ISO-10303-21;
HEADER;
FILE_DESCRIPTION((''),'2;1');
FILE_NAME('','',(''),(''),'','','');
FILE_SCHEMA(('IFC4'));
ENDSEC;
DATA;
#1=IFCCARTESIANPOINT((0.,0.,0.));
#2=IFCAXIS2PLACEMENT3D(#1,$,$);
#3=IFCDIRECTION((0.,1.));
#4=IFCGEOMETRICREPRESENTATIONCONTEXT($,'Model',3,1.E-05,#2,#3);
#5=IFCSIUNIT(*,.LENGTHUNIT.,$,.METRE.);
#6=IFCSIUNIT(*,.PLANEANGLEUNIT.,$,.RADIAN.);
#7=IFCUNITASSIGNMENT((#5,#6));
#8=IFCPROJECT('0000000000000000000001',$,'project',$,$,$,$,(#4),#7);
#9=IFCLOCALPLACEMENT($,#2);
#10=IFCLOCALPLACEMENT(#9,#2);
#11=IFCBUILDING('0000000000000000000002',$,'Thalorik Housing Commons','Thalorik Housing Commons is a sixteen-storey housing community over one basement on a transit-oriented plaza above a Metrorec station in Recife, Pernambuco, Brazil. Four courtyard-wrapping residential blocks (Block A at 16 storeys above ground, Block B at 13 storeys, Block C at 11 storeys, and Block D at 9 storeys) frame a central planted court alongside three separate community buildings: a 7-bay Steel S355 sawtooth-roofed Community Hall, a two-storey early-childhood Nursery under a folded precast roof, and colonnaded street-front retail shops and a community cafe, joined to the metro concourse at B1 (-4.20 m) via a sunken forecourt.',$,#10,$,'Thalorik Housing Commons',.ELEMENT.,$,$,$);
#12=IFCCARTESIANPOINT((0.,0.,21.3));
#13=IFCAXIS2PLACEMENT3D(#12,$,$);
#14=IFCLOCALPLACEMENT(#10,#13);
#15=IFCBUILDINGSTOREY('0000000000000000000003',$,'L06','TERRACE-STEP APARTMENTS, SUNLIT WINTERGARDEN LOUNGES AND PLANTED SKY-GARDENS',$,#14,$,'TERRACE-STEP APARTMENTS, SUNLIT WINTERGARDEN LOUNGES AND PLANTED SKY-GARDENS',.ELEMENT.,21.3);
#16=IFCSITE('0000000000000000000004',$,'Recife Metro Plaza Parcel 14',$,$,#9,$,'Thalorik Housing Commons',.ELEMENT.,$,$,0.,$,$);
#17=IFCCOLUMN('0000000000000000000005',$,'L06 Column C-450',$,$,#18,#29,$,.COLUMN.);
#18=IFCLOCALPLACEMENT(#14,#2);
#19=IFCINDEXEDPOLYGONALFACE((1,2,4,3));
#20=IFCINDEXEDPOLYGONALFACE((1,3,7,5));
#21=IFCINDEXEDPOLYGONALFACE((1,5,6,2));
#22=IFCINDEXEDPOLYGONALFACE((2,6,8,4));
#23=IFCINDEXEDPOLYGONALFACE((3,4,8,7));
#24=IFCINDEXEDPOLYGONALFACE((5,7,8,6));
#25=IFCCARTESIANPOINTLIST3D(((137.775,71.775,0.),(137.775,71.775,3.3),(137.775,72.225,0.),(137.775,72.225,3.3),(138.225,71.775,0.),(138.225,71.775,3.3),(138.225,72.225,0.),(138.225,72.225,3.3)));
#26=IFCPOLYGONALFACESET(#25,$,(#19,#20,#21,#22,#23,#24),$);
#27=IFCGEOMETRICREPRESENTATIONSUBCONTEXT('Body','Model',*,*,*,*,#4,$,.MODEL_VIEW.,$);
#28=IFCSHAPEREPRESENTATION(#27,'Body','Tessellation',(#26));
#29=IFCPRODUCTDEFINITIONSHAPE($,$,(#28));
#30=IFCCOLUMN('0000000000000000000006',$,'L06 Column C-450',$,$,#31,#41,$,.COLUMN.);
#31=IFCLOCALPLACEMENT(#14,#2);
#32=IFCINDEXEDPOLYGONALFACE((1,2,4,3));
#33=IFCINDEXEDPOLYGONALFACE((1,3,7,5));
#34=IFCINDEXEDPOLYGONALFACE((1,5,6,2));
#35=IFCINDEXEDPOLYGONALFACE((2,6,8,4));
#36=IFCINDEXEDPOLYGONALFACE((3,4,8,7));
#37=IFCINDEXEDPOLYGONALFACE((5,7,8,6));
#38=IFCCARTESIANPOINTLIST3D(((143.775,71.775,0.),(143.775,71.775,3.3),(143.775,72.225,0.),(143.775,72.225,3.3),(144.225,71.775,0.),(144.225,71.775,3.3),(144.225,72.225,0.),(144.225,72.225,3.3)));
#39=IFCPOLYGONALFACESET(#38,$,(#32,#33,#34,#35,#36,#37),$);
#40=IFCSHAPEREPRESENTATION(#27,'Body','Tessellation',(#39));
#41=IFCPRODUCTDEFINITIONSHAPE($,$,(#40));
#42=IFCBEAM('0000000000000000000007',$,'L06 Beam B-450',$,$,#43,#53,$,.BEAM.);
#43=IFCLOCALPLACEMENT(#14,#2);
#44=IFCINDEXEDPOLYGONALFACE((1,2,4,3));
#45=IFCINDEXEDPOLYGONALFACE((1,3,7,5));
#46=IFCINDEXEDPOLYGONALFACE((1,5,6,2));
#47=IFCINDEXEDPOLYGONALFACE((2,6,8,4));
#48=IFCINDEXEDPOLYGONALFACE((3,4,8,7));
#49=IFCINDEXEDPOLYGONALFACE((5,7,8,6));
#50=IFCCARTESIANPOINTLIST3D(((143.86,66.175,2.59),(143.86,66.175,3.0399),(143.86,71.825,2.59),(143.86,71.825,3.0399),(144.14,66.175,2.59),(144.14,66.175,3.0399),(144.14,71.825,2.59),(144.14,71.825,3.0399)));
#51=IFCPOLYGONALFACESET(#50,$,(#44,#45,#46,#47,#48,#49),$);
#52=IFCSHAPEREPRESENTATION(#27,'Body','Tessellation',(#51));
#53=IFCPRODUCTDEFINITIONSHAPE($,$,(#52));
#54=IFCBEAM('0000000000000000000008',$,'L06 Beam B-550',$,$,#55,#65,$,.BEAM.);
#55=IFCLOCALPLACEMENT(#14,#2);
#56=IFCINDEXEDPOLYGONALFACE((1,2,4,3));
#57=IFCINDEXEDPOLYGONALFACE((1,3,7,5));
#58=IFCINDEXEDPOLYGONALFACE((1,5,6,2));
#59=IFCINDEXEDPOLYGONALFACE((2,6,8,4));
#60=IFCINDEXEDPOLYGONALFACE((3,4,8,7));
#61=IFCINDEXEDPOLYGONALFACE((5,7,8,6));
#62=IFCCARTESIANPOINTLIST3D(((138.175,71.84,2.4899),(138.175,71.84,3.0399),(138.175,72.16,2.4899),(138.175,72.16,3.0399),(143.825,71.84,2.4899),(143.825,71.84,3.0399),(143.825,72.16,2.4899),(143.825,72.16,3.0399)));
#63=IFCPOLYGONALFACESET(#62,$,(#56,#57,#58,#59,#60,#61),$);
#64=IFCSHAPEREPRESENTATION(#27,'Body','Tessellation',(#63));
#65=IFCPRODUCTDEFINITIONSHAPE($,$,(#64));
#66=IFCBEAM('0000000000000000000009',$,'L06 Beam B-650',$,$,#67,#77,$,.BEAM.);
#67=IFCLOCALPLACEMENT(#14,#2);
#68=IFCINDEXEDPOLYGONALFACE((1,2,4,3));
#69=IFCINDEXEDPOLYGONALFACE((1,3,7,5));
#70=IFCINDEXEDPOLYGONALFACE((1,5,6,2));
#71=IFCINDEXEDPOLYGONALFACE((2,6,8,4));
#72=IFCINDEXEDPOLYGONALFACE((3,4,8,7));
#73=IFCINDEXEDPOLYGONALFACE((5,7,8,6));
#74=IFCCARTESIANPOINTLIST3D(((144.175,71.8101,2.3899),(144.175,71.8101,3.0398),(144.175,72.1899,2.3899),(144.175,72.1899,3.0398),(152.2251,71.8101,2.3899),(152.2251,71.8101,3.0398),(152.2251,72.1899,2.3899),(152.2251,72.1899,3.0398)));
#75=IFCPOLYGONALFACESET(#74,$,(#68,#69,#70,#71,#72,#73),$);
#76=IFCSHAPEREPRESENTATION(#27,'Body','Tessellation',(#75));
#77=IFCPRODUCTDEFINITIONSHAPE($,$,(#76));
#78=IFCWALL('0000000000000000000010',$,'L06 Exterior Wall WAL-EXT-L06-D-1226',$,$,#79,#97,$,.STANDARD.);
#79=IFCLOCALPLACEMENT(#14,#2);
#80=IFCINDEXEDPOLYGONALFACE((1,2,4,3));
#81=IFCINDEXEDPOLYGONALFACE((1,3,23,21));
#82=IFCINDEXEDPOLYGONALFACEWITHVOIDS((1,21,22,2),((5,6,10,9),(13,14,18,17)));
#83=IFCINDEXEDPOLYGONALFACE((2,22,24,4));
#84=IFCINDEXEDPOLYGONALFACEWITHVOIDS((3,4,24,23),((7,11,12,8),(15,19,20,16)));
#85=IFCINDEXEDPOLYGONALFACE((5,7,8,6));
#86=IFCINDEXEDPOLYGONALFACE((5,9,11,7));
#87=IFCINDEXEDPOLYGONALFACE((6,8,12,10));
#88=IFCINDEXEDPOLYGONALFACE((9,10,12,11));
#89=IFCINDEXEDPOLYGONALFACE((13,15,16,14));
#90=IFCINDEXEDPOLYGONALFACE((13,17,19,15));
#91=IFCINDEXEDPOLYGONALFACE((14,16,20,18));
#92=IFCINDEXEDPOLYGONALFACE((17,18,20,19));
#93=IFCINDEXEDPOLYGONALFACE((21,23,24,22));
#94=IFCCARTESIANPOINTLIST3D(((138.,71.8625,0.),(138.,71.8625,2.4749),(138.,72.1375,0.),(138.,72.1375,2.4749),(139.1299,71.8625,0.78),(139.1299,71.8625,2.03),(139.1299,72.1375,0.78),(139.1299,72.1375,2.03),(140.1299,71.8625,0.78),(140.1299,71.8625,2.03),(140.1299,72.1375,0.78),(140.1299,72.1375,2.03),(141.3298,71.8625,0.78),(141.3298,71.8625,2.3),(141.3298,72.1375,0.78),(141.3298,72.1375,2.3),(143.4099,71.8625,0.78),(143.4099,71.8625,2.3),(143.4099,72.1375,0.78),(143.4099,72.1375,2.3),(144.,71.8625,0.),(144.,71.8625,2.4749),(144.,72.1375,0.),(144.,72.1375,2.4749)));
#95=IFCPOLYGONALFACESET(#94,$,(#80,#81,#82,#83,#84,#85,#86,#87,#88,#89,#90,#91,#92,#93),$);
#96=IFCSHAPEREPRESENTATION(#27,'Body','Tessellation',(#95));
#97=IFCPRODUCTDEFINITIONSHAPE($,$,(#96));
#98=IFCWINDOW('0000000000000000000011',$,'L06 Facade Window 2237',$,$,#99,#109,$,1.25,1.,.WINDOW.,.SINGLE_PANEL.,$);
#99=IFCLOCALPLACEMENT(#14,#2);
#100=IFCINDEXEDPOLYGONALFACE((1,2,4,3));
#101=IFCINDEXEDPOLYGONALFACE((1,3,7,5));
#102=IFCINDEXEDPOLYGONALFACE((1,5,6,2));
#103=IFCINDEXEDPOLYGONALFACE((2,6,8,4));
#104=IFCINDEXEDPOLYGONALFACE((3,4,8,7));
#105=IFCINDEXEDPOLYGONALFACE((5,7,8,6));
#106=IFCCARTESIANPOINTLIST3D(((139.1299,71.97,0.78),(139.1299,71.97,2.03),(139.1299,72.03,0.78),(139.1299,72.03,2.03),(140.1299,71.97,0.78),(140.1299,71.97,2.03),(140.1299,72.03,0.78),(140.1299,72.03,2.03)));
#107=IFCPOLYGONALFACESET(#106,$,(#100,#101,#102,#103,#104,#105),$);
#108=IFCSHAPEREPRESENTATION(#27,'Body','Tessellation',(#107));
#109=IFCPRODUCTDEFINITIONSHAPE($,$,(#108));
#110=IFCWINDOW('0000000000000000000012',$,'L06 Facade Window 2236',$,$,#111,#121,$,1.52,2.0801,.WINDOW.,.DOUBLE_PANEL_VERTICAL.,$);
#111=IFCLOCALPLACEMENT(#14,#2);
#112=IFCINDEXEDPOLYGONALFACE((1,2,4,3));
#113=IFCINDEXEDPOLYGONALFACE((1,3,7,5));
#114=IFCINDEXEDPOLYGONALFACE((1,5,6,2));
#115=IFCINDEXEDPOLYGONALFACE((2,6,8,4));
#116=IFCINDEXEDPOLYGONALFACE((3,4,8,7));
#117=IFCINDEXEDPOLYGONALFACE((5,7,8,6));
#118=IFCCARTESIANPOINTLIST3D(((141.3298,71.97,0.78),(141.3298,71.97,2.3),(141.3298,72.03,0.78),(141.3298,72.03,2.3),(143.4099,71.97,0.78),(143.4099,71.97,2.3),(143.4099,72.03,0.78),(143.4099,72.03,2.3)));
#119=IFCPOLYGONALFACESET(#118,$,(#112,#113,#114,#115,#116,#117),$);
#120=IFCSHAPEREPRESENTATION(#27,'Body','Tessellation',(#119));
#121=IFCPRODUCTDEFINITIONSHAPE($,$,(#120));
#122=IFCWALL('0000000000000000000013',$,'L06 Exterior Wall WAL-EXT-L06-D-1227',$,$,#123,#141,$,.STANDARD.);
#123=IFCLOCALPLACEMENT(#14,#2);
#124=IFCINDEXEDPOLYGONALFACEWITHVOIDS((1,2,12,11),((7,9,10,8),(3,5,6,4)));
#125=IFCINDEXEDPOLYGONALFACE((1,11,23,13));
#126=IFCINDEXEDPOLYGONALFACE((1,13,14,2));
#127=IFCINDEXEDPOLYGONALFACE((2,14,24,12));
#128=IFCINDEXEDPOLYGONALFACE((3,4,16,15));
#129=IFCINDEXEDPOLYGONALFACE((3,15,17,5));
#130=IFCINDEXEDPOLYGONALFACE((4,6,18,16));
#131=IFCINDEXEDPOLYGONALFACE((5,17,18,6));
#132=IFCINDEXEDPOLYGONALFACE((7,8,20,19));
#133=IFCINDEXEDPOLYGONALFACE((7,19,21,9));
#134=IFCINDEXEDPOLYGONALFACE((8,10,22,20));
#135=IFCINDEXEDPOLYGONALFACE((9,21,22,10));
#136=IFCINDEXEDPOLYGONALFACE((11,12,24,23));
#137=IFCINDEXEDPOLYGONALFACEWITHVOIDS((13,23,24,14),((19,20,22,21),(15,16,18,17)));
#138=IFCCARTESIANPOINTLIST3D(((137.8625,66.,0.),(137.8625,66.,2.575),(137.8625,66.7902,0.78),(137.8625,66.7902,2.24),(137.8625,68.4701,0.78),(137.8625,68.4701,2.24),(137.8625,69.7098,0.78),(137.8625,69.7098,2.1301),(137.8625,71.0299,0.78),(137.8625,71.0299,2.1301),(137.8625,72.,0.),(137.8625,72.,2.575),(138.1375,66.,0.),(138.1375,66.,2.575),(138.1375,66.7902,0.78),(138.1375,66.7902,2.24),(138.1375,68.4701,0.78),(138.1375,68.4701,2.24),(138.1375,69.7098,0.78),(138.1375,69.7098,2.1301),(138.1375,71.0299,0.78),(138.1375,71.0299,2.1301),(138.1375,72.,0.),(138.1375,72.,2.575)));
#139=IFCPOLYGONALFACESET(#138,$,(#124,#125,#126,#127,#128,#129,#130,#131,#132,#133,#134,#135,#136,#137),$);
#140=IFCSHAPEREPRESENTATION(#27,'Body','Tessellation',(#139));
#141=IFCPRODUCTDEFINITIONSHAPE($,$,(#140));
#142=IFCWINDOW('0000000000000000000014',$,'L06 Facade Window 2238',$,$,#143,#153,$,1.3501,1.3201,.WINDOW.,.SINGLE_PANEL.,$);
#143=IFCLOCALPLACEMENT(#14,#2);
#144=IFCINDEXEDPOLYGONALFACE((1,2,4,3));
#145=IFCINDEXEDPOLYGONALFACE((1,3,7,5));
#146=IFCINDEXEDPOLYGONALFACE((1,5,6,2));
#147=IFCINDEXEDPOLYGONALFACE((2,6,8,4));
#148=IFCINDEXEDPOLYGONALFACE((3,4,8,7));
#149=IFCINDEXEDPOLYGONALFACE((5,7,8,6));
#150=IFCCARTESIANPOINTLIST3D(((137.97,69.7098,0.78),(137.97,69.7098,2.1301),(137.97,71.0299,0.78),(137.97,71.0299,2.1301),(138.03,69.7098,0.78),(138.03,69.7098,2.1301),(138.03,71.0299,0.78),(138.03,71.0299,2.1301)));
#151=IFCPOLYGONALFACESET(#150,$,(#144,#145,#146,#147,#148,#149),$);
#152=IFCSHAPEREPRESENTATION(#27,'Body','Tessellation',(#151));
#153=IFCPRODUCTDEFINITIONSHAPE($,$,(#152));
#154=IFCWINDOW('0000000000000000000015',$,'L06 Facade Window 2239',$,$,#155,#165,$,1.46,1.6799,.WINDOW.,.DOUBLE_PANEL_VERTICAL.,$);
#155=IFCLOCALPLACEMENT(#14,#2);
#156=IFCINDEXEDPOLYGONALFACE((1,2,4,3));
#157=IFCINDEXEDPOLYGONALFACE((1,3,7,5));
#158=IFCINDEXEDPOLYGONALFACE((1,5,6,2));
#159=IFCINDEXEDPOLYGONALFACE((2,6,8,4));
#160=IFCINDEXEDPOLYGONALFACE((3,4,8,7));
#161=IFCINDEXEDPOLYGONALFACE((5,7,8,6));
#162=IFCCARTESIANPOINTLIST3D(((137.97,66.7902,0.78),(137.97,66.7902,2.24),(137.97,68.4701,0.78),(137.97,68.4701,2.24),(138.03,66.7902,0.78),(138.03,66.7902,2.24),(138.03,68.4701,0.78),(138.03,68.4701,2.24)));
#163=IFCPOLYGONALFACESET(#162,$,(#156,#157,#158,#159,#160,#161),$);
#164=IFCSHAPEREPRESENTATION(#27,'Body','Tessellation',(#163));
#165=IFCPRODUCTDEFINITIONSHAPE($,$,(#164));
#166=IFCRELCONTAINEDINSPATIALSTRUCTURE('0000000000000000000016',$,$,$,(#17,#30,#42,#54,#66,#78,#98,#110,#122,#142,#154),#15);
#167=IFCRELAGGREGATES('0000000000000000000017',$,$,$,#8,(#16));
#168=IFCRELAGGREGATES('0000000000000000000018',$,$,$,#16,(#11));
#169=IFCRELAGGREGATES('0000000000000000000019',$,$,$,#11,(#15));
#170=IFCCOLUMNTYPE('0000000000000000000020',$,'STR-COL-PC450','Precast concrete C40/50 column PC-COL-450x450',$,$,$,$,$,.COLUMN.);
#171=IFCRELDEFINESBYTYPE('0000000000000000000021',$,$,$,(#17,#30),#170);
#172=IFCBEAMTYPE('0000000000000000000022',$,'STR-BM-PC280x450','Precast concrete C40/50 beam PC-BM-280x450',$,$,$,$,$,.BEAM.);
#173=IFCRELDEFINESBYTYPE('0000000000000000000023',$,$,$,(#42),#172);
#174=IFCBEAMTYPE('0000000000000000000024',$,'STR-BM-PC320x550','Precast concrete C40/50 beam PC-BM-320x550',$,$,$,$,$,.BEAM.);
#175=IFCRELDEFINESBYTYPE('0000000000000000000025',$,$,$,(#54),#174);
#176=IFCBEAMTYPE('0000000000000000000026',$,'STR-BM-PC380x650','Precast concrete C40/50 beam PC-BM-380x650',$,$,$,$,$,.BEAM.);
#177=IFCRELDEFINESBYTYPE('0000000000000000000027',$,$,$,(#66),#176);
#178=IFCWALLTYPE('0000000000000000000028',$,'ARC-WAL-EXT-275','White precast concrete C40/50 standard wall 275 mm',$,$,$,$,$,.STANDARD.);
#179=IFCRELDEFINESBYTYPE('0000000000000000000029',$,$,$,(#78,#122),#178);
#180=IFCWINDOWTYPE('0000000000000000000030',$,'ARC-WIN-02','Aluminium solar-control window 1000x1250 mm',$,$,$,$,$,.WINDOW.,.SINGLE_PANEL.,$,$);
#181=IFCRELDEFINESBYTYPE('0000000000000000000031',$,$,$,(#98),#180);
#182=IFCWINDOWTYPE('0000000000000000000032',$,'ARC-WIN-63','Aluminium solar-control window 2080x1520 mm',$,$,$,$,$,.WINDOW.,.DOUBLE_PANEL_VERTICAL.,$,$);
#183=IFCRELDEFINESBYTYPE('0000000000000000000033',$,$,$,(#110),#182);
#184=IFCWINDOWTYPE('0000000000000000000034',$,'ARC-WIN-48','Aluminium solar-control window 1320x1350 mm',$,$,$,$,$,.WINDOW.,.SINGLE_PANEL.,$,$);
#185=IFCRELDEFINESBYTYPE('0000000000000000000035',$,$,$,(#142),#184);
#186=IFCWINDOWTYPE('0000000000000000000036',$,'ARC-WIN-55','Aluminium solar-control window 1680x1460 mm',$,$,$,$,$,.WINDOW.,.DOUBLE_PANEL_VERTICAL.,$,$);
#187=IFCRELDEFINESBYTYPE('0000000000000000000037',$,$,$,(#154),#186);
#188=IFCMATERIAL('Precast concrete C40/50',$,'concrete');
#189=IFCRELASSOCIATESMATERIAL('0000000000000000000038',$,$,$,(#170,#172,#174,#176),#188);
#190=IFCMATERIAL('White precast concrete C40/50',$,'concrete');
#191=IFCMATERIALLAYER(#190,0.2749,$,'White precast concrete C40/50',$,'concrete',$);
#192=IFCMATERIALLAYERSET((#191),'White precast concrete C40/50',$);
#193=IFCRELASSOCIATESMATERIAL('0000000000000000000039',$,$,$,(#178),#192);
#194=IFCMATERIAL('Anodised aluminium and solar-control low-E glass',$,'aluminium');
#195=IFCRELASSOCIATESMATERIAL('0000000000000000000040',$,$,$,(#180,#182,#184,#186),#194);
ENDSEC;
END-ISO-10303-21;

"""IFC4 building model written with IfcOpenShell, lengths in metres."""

from ifc_helpers import new_model, si_unit, direction, frame, frame_2d, origin, origin_2d, place, context, subcontext, project, spatial, rectangle, extrude, material, layer, layer_set, material_profile, profile_set, type_object, element, fill, save


model = new_model("IFC4")

# Units and contexts
model_context = context("Model", 3, precision=1e-05, world=origin(), true_north=direction((0.0, 1.0)))
body_context = subcontext(model_context, "Body", "Model", "MODEL_VIEW")
ifc_project = project(units=[si_unit("LENGTHUNIT", "METRE"), si_unit("PLANEANGLEUNIT", "RADIAN")], contexts=[model_context])

# Site, building, storey
site_placement = place(None, origin())
site = spatial("IfcSite", under=ifc_project, at=site_placement, Name="Recife Metro Plaza Parcel 14", LongName="Thalorik Housing Commons", CompositionType="ELEMENT", RefElevation=0.0)
building_placement = place(site_placement, origin())
building = spatial("IfcBuilding", under=site, at=building_placement, Name="Thalorik Housing Commons", Description="Thalorik Housing Commons is a sixteen-storey housing community over one basement on a transit-oriented plaza above a Metrorec station in Recife, Pernambuco, Brazil. Four courtyard-wrapping residential blocks (Block A at 16 storeys above ground, Block B at 13 storeys, Block C at 11 storeys, and Block D at 9 storeys) frame a central planted court alongside three separate community buildings: a 7-bay Steel S355 sawtooth-roofed Community Hall, a two-storey early-childhood Nursery under a folded precast roof, and colonnaded street-front retail shops and a community cafe, joined to the metro concourse at B1 (-4.20 m) via a sunken forecourt.", LongName="Thalorik Housing Commons", CompositionType="ELEMENT")
storey_placement = place(building_placement, frame((0.0, 0.0, 21.3)))
storey = spatial("IfcBuildingStorey", under=building, at=storey_placement, Name="L06", Description="TERRACE-STEP APARTMENTS, SUNLIT WINTERGARDEN LOUNGES AND PLANTED SKY-GARDENS", LongName="TERRACE-STEP APARTMENTS, SUNLIT WINTERGARDEN LOUNGES AND PLANTED SKY-GARDENS", CompositionType="ELEMENT", Elevation=21.3)

# Columns
ifc_material_1 = material(Name="Precast concrete C40/50", Category="concrete")
ifc_material_profile_1 = material_profile(ifc_material_1, rectangle(XDim=0.45, YDim=0.45, at=origin_2d()), Name="PC 450x450", Category="concrete")
ifc_profile_set_1 = profile_set([ifc_material_profile_1], Name="Precast concrete C40/50")
column_type = type_object("IfcColumnType", Name="STR-COL-PC450", Description="Precast concrete C40/50 column PC-COL-450x450", PredefinedType="COLUMN", material=ifc_profile_set_1)
for number, where, z_axis, x_axis, name in (
    (1, (138.0, 72.0, 0.0), (0.0, 0.0, 1.0), (1.0, 0.0, 0.0), "L06 Column C-450"),
    (2, (144.0, 72.0, 0.0), (0.0, 0.0, 1.0), (1.0, 0.0, 0.0), "L06 Column C-450"),
):
    element("IfcColumn", number, at=place(storey_placement, frame(where, z_axis=z_axis, x_axis=x_axis)), inside=storey, type_object=column_type, Name=name, PredefinedType="COLUMN", context=body_context, shape_type="SweptSolid", body=[
        extrude(rectangle(XDim=0.45, YDim=0.45, at=origin_2d()), origin(), (0.0, 0.0, 1.0), 3.3),
    ])

# Beams
ifc_material_profile_2 = material_profile(ifc_material_1, rectangle(XDim=0.28, YDim=0.45, at=origin_2d()), Name="PC 280x450", Category="concrete")
ifc_profile_set_2 = profile_set([ifc_material_profile_2], Name="Precast concrete C40/50")
beam_type_1 = type_object("IfcBeamType", Name="STR-BM-PC280x450", Description="Precast concrete C40/50 beam PC-BM-280x450", PredefinedType="BEAM", material=ifc_profile_set_2)
beam_1_placement = place(storey_placement, frame((144.0, 66.175, 2.8149), z_axis=(0.0, 1.0, 0.0), x_axis=(-1.0, 0.0, 0.0)))
element("IfcBeam", 3, at=beam_1_placement, inside=storey, type_object=beam_type_1, Name="L06 Beam B-450", PredefinedType="BEAM", context=body_context, shape_type="SweptSolid", body=[
    extrude(rectangle(XDim=0.28, YDim=0.45, at=origin_2d()), origin(), (0.0, 0.0, 1.0), 5.6499),
])
ifc_material_profile_3 = material_profile(ifc_material_1, rectangle(XDim=0.3201, YDim=0.55, at=origin_2d()), Name="PC 320x550", Category="concrete")
ifc_profile_set_3 = profile_set([ifc_material_profile_3], Name="Precast concrete C40/50")
beam_type_2 = type_object("IfcBeamType", Name="STR-BM-PC320x550", Description="Precast concrete C40/50 beam PC-BM-320x550", PredefinedType="BEAM", material=ifc_profile_set_3)
beam_2_placement = place(storey_placement, frame((138.175, 72.0, 2.7649), z_axis=(1.0, 0.0, 0.0), x_axis=(0.0, 1.0, 0.0)))
element("IfcBeam", 4, at=beam_2_placement, inside=storey, type_object=beam_type_2, Name="L06 Beam B-550", PredefinedType="BEAM", context=body_context, shape_type="SweptSolid", body=[
    extrude(rectangle(XDim=0.3201, YDim=0.55, at=origin_2d()), origin(), (0.0, 0.0, 1.0), 5.6499),
])
ifc_material_profile_4 = material_profile(ifc_material_1, rectangle(XDim=0.3799, YDim=0.6499, at=origin_2d()), Name="PC 380x650", Category="concrete")
ifc_profile_set_4 = profile_set([ifc_material_profile_4], Name="Precast concrete C40/50")
beam_type_3 = type_object("IfcBeamType", Name="STR-BM-PC380x650", Description="Precast concrete C40/50 beam PC-BM-380x650", PredefinedType="BEAM", material=ifc_profile_set_4)
beam_3_placement = place(storey_placement, frame((144.175, 72.0, 2.7148), z_axis=(1.0, 0.0, 0.0), x_axis=(0.0, 1.0, 0.0)))
element("IfcBeam", 5, at=beam_3_placement, inside=storey, type_object=beam_type_3, Name="L06 Beam B-650", PredefinedType="BEAM", context=body_context, shape_type="SweptSolid", body=[
    extrude(rectangle(XDim=0.3799, YDim=0.6499, at=origin_2d()), origin(), (0.0, 0.0, 1.0), 8.05),
])

# Walls, openings, windows
ifc_material_2 = material(Name="White precast concrete C40/50", Category="concrete")
ifc_layer_1 = layer(ifc_material_2, 0.2749, Name="White precast concrete C40/50", Category="concrete")
ifc_layer_set_1 = layer_set([ifc_layer_1], Name="White precast concrete C40/50")
wall_type_1 = type_object("IfcWallType", Name="ARC-WAL-EXT-275", Description="White precast concrete C40/50 standard wall 275 mm", PredefinedType="STANDARD", material=ifc_layer_set_1)
wall_1_placement = place(storey_placement, frame((144.0, 72.0, 0.0), z_axis=(0.0, 0.0, 1.0), x_axis=(-1.0, 0.0, 0.0)))
wall_1 = element("IfcWall", 6, at=wall_1_placement, inside=storey, type_object=wall_type_1, Name="L06 Exterior Wall WAL-EXT-L06-D-1226", PredefinedType="STANDARD", context=body_context, shape_type="SweptSolid", body=[
    extrude(rectangle(XDim=6.0, YDim=0.2749, at=frame_2d((3.0, 0.0))), origin(), (0.0, 0.0, 1.0), 2.4749),
])
opening_1_placement = place(wall_1_placement, frame((0.5901, 0.0, 0.78)))
opening_1 = element("IfcOpeningElement", 7, at=opening_1_placement, cuts=wall_1, PredefinedType="OPENING", context=body_context, shape_type="SweptSolid", body=[
    extrude(rectangle(XDim=2.0801, YDim=1.52, at=frame_2d((1.04, 0.76))), frame((0.0, 0.1475, 0.0), z_axis=(0.0, -1.0, 0.0), x_axis=(1.0, 0.0, 0.0)), (0.0, 0.0, 1.0), 0.2949),
])
opening_2_placement = place(wall_1_placement, frame((3.8701, 0.0, 0.78)))
opening_2 = element("IfcOpeningElement", 8, at=opening_2_placement, cuts=wall_1, PredefinedType="OPENING", context=body_context, shape_type="SweptSolid", body=[
    extrude(rectangle(XDim=1.0, YDim=1.25, at=frame_2d((0.5, 0.625))), frame((0.0, 0.1475, 0.0), z_axis=(0.0, -1.0, 0.0), x_axis=(1.0, 0.0, 0.0)), (0.0, 0.0, 1.0), 0.2949),
])
ifc_material_3 = material(Name="Anodised aluminium and solar-control low-E glass", Category="aluminium")
window_type_1 = type_object("IfcWindowType", Name="ARC-WIN-02", Description="Aluminium solar-control window 1000x1250 mm", PartitioningType="SINGLE_PANEL", PredefinedType="WINDOW", material=ifc_material_3)
window_1_placement = place(opening_2_placement, origin())
window_1 = element("IfcWindow", 9, at=window_1_placement, inside=storey, type_object=window_type_1, Name="L06 Facade Window 2237", OverallHeight=1.25, OverallWidth=1.0, PartitioningType="SINGLE_PANEL", PredefinedType="WINDOW", context=body_context, shape_type="SweptSolid", body=[
    extrude(rectangle(XDim=1.0, YDim=1.25, at=frame_2d((0.5, 0.625))), frame((0.0, 0.03, 0.0), z_axis=(0.0, -1.0, 0.0), x_axis=(1.0, 0.0, 0.0)), (0.0, 0.0, 1.0), 0.0601),
])
fill(opening_2, window_1)
window_type_2 = type_object("IfcWindowType", Name="ARC-WIN-63", Description="Aluminium solar-control window 2080x1520 mm", PartitioningType="DOUBLE_PANEL_VERTICAL", PredefinedType="WINDOW", material=ifc_material_3)
window_2_placement = place(opening_1_placement, origin())
window_2 = element("IfcWindow", 10, at=window_2_placement, inside=storey, type_object=window_type_2, Name="L06 Facade Window 2236", OverallHeight=1.52, OverallWidth=2.0801, PartitioningType="DOUBLE_PANEL_VERTICAL", PredefinedType="WINDOW", context=body_context, shape_type="SweptSolid", body=[
    extrude(rectangle(XDim=2.0801, YDim=1.52, at=frame_2d((1.04, 0.76))), frame((0.0, 0.03, 0.0), z_axis=(0.0, -1.0, 0.0), x_axis=(1.0, 0.0, 0.0)), (0.0, 0.0, 1.0), 0.0601),
])
fill(opening_1, window_2)
wall_2_placement = place(storey_placement, frame((138.0, 72.0, 0.0), z_axis=(0.0, 0.0, 1.0), x_axis=(0.0, -1.0, 0.0)))
wall_2 = element("IfcWall", 11, at=wall_2_placement, inside=storey, type_object=wall_type_1, Name="L06 Exterior Wall WAL-EXT-L06-D-1227", PredefinedType="STANDARD", context=body_context, shape_type="SweptSolid", body=[
    extrude(rectangle(XDim=6.0, YDim=0.2749, at=frame_2d((3.0, 0.0))), origin(), (0.0, 0.0, 1.0), 2.575),
])
opening_3_placement = place(wall_2_placement, frame((0.97, 0.0, 0.78)))
opening_3 = element("IfcOpeningElement", 12, at=opening_3_placement, cuts=wall_2, PredefinedType="OPENING", context=body_context, shape_type="SweptSolid", body=[
    extrude(rectangle(XDim=1.3201, YDim=1.3501, at=frame_2d((0.6602, 0.675))), frame((0.0, 0.1475, 0.0), z_axis=(0.0, -1.0, 0.0), x_axis=(1.0, 0.0, 0.0)), (0.0, 0.0, 1.0), 0.2949),
])
opening_4_placement = place(wall_2_placement, frame((3.53, 0.0, 0.78)))
opening_4 = element("IfcOpeningElement", 13, at=opening_4_placement, cuts=wall_2, PredefinedType="OPENING", context=body_context, shape_type="SweptSolid", body=[
    extrude(rectangle(XDim=1.6799, YDim=1.46, at=frame_2d((0.8398, 0.73))), frame((0.0, 0.1475, 0.0), z_axis=(0.0, -1.0, 0.0), x_axis=(1.0, 0.0, 0.0)), (0.0, 0.0, 1.0), 0.2949),
])
window_type_3 = type_object("IfcWindowType", Name="ARC-WIN-48", Description="Aluminium solar-control window 1320x1350 mm", PartitioningType="SINGLE_PANEL", PredefinedType="WINDOW", material=ifc_material_3)
window_3_placement = place(opening_3_placement, origin())
window_3 = element("IfcWindow", 14, at=window_3_placement, inside=storey, type_object=window_type_3, Name="L06 Facade Window 2238", OverallHeight=1.3501, OverallWidth=1.3201, PartitioningType="SINGLE_PANEL", PredefinedType="WINDOW", context=body_context, shape_type="SweptSolid", body=[
    extrude(rectangle(XDim=1.3201, YDim=1.3501, at=frame_2d((0.6602, 0.675))), frame((0.0, 0.03, 0.0), z_axis=(0.0, -1.0, 0.0), x_axis=(1.0, 0.0, 0.0)), (0.0, 0.0, 1.0), 0.0601),
])
fill(opening_3, window_3)
window_type_4 = type_object("IfcWindowType", Name="ARC-WIN-55", Description="Aluminium solar-control window 1680x1460 mm", PartitioningType="DOUBLE_PANEL_VERTICAL", PredefinedType="WINDOW", material=ifc_material_3)
window_4_placement = place(opening_4_placement, origin())
window_4 = element("IfcWindow", 15, at=window_4_placement, inside=storey, type_object=window_type_4, Name="L06 Facade Window 2239", OverallHeight=1.46, OverallWidth=1.6799, PartitioningType="DOUBLE_PANEL_VERTICAL", PredefinedType="WINDOW", context=body_context, shape_type="SweptSolid", body=[
    extrude(rectangle(XDim=1.6799, YDim=1.46, at=frame_2d((0.8398, 0.73))), frame((0.0, 0.03, 0.0), z_axis=(0.0, -1.0, 0.0), x_axis=(1.0, 0.0, 0.0)), (0.0, 0.0, 1.0), 0.0601),
])
fill(opening_4, window_4)

save(model, "model.ifc")
